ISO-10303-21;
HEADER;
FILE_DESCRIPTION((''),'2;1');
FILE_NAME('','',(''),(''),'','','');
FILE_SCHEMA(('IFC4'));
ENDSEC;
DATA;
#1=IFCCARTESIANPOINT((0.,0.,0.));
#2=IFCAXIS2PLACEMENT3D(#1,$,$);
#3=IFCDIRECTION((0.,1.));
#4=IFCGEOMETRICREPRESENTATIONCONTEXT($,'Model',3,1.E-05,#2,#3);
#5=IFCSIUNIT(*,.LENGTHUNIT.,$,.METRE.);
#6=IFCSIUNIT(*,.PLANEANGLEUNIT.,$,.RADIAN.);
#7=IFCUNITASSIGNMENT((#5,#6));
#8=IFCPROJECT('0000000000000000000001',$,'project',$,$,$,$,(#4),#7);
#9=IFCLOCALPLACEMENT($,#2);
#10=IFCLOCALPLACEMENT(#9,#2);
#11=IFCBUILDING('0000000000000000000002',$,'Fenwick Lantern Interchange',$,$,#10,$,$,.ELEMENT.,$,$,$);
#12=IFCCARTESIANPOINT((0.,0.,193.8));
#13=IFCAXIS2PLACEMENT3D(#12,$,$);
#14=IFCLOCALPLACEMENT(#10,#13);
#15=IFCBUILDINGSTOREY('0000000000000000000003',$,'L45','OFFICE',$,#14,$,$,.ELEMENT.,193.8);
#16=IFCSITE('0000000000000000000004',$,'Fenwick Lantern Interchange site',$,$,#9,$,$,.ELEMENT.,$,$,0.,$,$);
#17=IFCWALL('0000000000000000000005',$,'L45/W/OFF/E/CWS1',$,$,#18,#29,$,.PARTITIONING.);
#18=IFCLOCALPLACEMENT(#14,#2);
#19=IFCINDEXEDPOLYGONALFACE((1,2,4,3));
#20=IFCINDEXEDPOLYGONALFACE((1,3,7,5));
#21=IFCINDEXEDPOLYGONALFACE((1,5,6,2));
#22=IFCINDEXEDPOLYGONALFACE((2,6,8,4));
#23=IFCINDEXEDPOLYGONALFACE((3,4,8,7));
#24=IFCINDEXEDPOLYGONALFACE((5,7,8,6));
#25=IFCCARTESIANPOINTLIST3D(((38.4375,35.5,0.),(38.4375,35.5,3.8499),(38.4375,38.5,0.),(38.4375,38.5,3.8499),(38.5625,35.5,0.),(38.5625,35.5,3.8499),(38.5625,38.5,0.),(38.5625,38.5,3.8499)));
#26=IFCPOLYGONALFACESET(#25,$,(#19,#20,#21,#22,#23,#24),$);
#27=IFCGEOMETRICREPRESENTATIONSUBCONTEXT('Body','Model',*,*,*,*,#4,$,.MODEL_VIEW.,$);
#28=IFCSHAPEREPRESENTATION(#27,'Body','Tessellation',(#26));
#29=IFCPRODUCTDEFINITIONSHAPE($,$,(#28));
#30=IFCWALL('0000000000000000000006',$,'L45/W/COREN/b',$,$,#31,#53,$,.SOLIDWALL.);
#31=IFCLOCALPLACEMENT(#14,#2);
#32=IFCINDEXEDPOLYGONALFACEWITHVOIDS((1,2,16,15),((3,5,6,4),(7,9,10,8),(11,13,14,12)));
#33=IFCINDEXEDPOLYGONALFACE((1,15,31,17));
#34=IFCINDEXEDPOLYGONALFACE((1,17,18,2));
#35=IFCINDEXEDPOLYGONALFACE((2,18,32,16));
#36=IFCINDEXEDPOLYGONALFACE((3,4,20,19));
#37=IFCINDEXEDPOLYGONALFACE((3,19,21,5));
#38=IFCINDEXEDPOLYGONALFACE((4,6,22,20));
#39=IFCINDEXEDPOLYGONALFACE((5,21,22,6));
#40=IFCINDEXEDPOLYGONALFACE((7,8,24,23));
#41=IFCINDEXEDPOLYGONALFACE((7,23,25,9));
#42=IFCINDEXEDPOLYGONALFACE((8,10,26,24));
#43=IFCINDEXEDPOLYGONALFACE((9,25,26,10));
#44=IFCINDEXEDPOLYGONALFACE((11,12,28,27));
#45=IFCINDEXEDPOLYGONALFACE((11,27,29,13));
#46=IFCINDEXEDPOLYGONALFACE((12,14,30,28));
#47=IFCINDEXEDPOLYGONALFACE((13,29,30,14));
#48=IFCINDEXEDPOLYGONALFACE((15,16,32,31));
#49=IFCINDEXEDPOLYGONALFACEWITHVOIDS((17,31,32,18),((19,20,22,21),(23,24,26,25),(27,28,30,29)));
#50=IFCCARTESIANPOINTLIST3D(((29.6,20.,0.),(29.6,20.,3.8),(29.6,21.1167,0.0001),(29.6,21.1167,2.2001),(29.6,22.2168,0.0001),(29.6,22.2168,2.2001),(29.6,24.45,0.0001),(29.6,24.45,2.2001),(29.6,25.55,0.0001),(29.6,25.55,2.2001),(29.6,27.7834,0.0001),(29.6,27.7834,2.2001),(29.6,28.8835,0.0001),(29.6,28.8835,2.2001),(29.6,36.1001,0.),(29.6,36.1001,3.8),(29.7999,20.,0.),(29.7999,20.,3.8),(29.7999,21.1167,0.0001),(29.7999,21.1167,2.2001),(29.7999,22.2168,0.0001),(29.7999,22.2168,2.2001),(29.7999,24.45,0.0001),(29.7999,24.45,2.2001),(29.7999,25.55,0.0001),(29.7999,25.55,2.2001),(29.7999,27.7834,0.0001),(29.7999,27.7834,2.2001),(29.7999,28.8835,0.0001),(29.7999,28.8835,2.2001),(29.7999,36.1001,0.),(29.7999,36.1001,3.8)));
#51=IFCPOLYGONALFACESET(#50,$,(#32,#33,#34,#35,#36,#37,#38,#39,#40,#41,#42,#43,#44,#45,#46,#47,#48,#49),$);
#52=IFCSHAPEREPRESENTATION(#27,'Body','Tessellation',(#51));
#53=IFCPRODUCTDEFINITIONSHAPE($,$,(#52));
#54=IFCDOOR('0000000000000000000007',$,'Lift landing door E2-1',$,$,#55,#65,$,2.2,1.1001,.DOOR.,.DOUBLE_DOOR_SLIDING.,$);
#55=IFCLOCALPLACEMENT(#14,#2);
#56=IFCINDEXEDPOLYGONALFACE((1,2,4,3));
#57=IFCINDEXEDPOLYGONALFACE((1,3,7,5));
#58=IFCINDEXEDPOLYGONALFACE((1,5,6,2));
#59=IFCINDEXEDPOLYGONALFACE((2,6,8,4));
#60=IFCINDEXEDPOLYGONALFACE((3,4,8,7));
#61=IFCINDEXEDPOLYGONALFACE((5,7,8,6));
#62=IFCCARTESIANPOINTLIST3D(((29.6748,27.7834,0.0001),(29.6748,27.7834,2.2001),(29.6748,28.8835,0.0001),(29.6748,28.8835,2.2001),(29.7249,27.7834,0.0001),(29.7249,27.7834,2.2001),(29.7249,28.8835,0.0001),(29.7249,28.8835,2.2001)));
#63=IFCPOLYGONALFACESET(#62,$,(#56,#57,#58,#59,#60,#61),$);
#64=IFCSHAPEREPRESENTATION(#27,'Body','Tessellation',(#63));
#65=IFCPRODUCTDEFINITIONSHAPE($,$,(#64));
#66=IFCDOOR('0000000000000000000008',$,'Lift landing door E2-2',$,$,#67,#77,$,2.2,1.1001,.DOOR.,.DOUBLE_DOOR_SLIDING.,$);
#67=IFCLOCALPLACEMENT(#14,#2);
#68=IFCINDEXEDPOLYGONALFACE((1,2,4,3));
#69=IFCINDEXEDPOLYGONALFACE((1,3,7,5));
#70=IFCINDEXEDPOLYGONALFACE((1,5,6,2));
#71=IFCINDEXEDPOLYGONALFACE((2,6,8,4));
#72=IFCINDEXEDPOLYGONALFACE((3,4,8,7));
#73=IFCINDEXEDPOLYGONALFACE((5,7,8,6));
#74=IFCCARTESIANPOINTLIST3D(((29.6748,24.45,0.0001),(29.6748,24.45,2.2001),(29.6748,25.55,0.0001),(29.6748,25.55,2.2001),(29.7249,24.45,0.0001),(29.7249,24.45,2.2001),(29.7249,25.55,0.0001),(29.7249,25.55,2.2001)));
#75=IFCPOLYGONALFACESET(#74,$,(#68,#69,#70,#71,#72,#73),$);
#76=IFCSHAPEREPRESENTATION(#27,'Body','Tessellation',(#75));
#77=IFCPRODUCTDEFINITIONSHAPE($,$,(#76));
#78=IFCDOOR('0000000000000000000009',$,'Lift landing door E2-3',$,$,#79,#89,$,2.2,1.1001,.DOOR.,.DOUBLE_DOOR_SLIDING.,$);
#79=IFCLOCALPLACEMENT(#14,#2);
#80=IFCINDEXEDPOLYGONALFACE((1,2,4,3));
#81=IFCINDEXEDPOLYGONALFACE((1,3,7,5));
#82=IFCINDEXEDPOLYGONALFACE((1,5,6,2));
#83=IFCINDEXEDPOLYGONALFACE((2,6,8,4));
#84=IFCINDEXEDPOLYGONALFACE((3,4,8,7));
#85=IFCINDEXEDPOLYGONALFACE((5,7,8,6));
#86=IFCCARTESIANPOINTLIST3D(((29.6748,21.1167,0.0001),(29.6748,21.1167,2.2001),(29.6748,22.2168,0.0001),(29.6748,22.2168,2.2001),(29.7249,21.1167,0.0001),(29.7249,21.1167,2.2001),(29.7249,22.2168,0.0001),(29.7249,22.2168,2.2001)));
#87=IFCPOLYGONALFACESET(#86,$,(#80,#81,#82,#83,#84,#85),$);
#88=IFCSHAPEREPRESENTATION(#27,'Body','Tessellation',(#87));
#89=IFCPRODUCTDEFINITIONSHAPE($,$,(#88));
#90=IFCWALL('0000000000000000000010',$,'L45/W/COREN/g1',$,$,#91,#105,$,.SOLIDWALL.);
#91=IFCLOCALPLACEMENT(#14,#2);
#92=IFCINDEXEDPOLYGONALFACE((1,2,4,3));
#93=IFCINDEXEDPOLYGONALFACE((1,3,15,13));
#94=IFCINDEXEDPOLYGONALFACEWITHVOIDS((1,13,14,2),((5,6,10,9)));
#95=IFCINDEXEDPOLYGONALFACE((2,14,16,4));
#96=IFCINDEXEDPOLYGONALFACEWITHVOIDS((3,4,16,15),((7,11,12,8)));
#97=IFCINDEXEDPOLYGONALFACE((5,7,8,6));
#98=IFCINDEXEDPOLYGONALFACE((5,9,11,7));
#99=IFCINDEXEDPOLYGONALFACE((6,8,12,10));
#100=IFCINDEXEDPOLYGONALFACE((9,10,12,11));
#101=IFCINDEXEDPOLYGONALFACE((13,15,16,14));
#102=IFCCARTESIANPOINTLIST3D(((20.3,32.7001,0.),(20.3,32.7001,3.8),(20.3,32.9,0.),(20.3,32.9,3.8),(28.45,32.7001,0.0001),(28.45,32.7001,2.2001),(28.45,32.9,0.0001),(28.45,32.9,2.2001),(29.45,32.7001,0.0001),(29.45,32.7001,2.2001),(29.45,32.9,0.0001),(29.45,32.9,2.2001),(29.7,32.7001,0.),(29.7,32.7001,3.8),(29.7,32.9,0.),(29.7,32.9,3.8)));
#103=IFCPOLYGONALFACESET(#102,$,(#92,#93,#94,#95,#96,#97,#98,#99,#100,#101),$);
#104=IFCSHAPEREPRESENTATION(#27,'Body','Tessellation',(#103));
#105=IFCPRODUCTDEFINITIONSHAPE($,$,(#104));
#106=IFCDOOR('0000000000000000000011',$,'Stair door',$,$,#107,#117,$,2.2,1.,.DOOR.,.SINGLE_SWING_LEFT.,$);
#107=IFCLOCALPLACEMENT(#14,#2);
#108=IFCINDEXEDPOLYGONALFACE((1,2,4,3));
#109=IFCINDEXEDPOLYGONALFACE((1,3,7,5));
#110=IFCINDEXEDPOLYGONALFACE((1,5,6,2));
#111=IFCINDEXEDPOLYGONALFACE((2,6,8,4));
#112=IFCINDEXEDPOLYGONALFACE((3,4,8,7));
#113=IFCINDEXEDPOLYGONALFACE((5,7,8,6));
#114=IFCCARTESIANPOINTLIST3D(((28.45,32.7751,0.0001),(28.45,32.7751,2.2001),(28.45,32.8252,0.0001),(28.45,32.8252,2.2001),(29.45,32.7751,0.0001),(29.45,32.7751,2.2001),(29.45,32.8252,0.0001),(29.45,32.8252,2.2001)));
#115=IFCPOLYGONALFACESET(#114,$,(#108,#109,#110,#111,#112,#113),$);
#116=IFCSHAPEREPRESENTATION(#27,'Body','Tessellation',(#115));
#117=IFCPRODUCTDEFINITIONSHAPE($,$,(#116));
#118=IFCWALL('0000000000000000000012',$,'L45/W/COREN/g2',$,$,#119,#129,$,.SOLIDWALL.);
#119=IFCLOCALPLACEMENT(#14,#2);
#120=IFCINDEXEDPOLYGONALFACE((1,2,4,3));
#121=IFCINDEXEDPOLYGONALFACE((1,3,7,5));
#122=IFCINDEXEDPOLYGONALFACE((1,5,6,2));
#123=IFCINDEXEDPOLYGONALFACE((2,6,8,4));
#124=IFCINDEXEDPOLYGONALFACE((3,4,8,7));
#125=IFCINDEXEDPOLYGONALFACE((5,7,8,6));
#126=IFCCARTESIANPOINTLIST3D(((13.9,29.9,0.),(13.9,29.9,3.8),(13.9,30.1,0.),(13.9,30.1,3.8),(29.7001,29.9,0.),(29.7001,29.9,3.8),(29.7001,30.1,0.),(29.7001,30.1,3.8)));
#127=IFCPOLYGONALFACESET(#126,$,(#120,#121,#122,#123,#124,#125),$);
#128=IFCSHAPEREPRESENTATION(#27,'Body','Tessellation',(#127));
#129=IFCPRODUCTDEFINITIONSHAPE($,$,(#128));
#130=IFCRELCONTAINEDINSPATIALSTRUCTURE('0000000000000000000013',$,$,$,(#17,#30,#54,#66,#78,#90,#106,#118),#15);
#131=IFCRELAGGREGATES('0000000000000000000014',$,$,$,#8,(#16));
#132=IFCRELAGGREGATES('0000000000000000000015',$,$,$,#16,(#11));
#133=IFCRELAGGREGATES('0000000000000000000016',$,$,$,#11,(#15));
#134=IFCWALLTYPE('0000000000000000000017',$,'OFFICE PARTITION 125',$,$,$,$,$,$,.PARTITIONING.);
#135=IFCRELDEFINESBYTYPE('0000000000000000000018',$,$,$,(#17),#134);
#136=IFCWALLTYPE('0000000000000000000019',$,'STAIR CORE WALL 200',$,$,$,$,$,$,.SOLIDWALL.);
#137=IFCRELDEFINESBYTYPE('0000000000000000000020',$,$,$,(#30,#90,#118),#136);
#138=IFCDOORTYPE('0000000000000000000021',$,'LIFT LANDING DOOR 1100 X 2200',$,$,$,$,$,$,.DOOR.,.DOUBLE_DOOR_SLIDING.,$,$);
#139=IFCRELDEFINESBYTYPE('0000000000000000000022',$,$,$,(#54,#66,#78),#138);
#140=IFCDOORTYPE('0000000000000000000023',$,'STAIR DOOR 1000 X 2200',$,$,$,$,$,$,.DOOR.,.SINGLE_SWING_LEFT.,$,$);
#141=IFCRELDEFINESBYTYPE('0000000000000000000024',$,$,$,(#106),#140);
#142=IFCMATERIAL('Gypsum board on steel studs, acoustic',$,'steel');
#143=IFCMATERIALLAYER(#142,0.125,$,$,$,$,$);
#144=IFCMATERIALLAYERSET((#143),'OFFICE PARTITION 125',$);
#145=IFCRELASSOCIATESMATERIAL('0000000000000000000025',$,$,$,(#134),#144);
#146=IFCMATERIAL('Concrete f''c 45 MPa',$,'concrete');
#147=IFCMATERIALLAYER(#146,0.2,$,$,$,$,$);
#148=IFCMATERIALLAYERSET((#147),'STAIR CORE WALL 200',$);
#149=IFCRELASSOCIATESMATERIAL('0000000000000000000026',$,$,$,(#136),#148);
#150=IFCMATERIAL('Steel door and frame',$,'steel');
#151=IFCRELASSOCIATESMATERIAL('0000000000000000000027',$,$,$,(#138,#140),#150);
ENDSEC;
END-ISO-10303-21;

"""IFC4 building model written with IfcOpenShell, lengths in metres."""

from ifc_helpers import new_model, si_unit, direction, frame, frame_2d, origin, place, context, subcontext, project, spatial, rectangle, extrude, material, layer, layer_set, type_object, element, fill, save


model = new_model("IFC4")

# Units and contexts
model_context = context("Model", 3, precision=1e-05, world=origin(), true_north=direction((0.0, 1.0)))
body_context = subcontext(model_context, "Body", "Model", "MODEL_VIEW")
ifc_project = project(units=[si_unit("LENGTHUNIT", "METRE"), si_unit("PLANEANGLEUNIT", "RADIAN")], contexts=[model_context])

# Site, building, storey
site_placement = place(None, origin())
site = spatial("IfcSite", under=ifc_project, at=site_placement, Name="Fenwick Lantern Interchange site", CompositionType="ELEMENT", RefElevation=0.0)
building_placement = place(site_placement, origin())
building = spatial("IfcBuilding", under=site, at=building_placement, Name="Fenwick Lantern Interchange", CompositionType="ELEMENT")
storey_placement = place(building_placement, frame((0.0, 0.0, 193.8)))
storey = spatial("IfcBuildingStorey", under=building, at=storey_placement, Name="L45", Description="OFFICE", CompositionType="ELEMENT", Elevation=193.8)

# Shared definitions
ifc_material_1 = material(Name="Steel door and frame", Category="steel")

# Wall
ifc_material_2 = material(Name="Gypsum board on steel studs, acoustic", Category="steel")
ifc_layer_1 = layer(ifc_material_2, 0.125)
ifc_layer_set_1 = layer_set([ifc_layer_1], Name="OFFICE PARTITION 125")
wall_type_1 = type_object("IfcWallType", Name="OFFICE PARTITION 125", PredefinedType="PARTITIONING", material=ifc_layer_set_1)
wall_1_placement = place(storey_placement, frame((38.5, 35.5, 0.0), z_axis=(0.0, 0.0, 1.0), x_axis=(0.0, 1.0, 0.0)))
element("IfcWall", 1, at=wall_1_placement, inside=storey, type_object=wall_type_1, Name="L45/W/OFF/E/CWS1", PredefinedType="PARTITIONING", context=body_context, shape_type="SweptSolid", body=[
    extrude(rectangle(XDim=3.0, YDim=0.125, at=frame_2d((1.5, 0.0))), origin(), (0.0, 0.0, 1.0), 3.8499),
])

# Wall, openings, doors
ifc_material_3 = material(Name="Concrete f'c 45 MPa", Category="concrete")
ifc_layer_2 = layer(ifc_material_3, 0.2)
ifc_layer_set_2 = layer_set([ifc_layer_2], Name="STAIR CORE WALL 200")
wall_type_2 = type_object("IfcWallType", Name="STAIR CORE WALL 200", PredefinedType="SOLIDWALL", material=ifc_layer_set_2)
wall_2_placement = place(storey_placement, frame((29.7, 36.1001, 0.0), z_axis=(0.0, 0.0, 1.0), x_axis=(0.0, -1.0, 0.0)))
wall_2 = element("IfcWall", 2, at=wall_2_placement, inside=storey, type_object=wall_type_2, Name="L45/W/COREN/b", PredefinedType="SOLIDWALL", context=body_context, shape_type="SweptSolid", body=[
    extrude(rectangle(XDim=16.1001, YDim=0.2, at=frame_2d((8.05, 0.0))), origin(), (0.0, 0.0, 1.0), 3.8),
])
opening_1_placement = place(wall_2_placement, frame((7.2166, 0.0, 0.0)))
opening_1 = element("IfcOpeningElement", 3, at=opening_1_placement, cuts=wall_2, PredefinedType="OPENING", context=body_context, shape_type="SweptSolid", body=[
    extrude(rectangle(XDim=1.1001, YDim=2.2, at=frame_2d((0.55, 1.1001))), frame((0.0, 0.1099, 0.0), z_axis=(0.0, -1.0, 0.0), x_axis=(1.0, 0.0, 0.0)), (0.0, 0.0, 1.0), 0.22),
])
opening_2_placement = place(wall_2_placement, frame((10.55, 0.0, 0.0)))
opening_2 = element("IfcOpeningElement", 4, at=opening_2_placement, cuts=wall_2, PredefinedType="OPENING", context=body_context, shape_type="SweptSolid", body=[
    extrude(rectangle(XDim=1.1001, YDim=2.2, at=frame_2d((0.55, 1.1001))), frame((0.0, 0.1099, 0.0), z_axis=(0.0, -1.0, 0.0), x_axis=(1.0, 0.0, 0.0)), (0.0, 0.0, 1.0), 0.22),
])
opening_3_placement = place(wall_2_placement, frame((13.8833, 0.0, 0.0)))
opening_3 = element("IfcOpeningElement", 5, at=opening_3_placement, cuts=wall_2, PredefinedType="OPENING", context=body_context, shape_type="SweptSolid", body=[
    extrude(rectangle(XDim=1.1001, YDim=2.2, at=frame_2d((0.55, 1.1001))), frame((0.0, 0.1099, 0.0), z_axis=(0.0, -1.0, 0.0), x_axis=(1.0, 0.0, 0.0)), (0.0, 0.0, 1.0), 0.22),
])
door_type_1 = type_object("IfcDoorType", Name="LIFT LANDING DOOR 1100 X 2200", OperationType="DOUBLE_DOOR_SLIDING", PredefinedType="DOOR", material=ifc_material_1)
door_1_placement = place(opening_1_placement, origin())
door_1 = element("IfcDoor", 6, at=door_1_placement, inside=storey, type_object=door_type_1, Name="Lift landing door E2-1", OperationType="DOUBLE_DOOR_SLIDING", OverallHeight=2.2, OverallWidth=1.1001, PredefinedType="DOOR", context=body_context, shape_type="SweptSolid", body=[
    extrude(rectangle(XDim=1.1001, YDim=2.2, at=frame_2d((0.55, 1.1001))), frame((0.0, 0.0249, 0.0), z_axis=(0.0, -1.0, 0.0), x_axis=(1.0, 0.0, 0.0)), (0.0, 0.0, 1.0), 0.05),
])
fill(opening_1, door_1)
door_2_placement = place(opening_2_placement, origin())
door_2 = element("IfcDoor", 7, at=door_2_placement, inside=storey, type_object=door_type_1, Name="Lift landing door E2-2", OperationType="DOUBLE_DOOR_SLIDING", OverallHeight=2.2, OverallWidth=1.1001, PredefinedType="DOOR", context=body_context, shape_type="SweptSolid", body=[
    extrude(rectangle(XDim=1.1001, YDim=2.2, at=frame_2d((0.55, 1.1001))), frame((0.0, 0.0249, 0.0), z_axis=(0.0, -1.0, 0.0), x_axis=(1.0, 0.0, 0.0)), (0.0, 0.0, 1.0), 0.05),
])
fill(opening_2, door_2)
door_3_placement = place(opening_3_placement, origin())
door_3 = element("IfcDoor", 8, at=door_3_placement, inside=storey, type_object=door_type_1, Name="Lift landing door E2-3", OperationType="DOUBLE_DOOR_SLIDING", OverallHeight=2.2, OverallWidth=1.1001, PredefinedType="DOOR", context=body_context, shape_type="SweptSolid", body=[
    extrude(rectangle(XDim=1.1001, YDim=2.2, at=frame_2d((0.55, 1.1001))), frame((0.0, 0.0249, 0.0), z_axis=(0.0, -1.0, 0.0), x_axis=(1.0, 0.0, 0.0)), (0.0, 0.0, 1.0), 0.05),
])
fill(opening_3, door_3)

# Wall, opening, door
wall_3_placement = place(storey_placement, frame((29.7, 32.8, 0.0), z_axis=(0.0, 0.0, 1.0), x_axis=(-1.0, 0.0, 0.0)))
wall_3 = element("IfcWall", 9, at=wall_3_placement, inside=storey, type_object=wall_type_2, Name="L45/W/COREN/g1", PredefinedType="SOLIDWALL", context=body_context, shape_type="SweptSolid", body=[
    extrude(rectangle(XDim=9.3999, YDim=0.2, at=frame_2d((4.7, 0.0))), origin(), (0.0, 0.0, 1.0), 3.8),
])
opening_4_placement = place(wall_3_placement, frame((0.25, 0.0, 0.0)))
opening_4 = element("IfcOpeningElement", 10, at=opening_4_placement, cuts=wall_3, PredefinedType="OPENING", context=body_context, shape_type="SweptSolid", body=[
    extrude(rectangle(XDim=1.0, YDim=2.2, at=frame_2d((0.5, 1.1001))), frame((0.0, 0.1099, 0.0), z_axis=(0.0, -1.0, 0.0), x_axis=(1.0, 0.0, 0.0)), (0.0, 0.0, 1.0), 0.22),
])
door_type_2 = type_object("IfcDoorType", Name="STAIR DOOR 1000 X 2200", OperationType="SINGLE_SWING_LEFT", PredefinedType="DOOR", material=ifc_material_1)
door_4_placement = place(opening_4_placement, origin())
door_4 = element("IfcDoor", 11, at=door_4_placement, inside=storey, type_object=door_type_2, Name="Stair door", OperationType="SINGLE_SWING_LEFT", OverallHeight=2.2, OverallWidth=1.0, PredefinedType="DOOR", context=body_context, shape_type="SweptSolid", body=[
    extrude(rectangle(XDim=1.0, YDim=2.2, at=frame_2d((0.5, 1.1001))), frame((0.0, 0.0249, 0.0), z_axis=(0.0, -1.0, 0.0), x_axis=(1.0, 0.0, 0.0)), (0.0, 0.0, 1.0), 0.05),
])
fill(opening_4, door_4)

# Wall
wall_4_placement = place(storey_placement, frame((29.7, 30.0, 0.0), z_axis=(0.0, 0.0, 1.0), x_axis=(-1.0, 0.0, 0.0)))
element("IfcWall", 12, at=wall_4_placement, inside=storey, type_object=wall_type_2, Name="L45/W/COREN/g2", PredefinedType="SOLIDWALL", context=body_context, shape_type="SweptSolid", body=[
    extrude(rectangle(XDim=15.8, YDim=0.2, at=frame_2d((7.8999, 0.0))), origin(), (0.0, 0.0, 1.0), 3.8),
])

save(model, "model.ifc")
